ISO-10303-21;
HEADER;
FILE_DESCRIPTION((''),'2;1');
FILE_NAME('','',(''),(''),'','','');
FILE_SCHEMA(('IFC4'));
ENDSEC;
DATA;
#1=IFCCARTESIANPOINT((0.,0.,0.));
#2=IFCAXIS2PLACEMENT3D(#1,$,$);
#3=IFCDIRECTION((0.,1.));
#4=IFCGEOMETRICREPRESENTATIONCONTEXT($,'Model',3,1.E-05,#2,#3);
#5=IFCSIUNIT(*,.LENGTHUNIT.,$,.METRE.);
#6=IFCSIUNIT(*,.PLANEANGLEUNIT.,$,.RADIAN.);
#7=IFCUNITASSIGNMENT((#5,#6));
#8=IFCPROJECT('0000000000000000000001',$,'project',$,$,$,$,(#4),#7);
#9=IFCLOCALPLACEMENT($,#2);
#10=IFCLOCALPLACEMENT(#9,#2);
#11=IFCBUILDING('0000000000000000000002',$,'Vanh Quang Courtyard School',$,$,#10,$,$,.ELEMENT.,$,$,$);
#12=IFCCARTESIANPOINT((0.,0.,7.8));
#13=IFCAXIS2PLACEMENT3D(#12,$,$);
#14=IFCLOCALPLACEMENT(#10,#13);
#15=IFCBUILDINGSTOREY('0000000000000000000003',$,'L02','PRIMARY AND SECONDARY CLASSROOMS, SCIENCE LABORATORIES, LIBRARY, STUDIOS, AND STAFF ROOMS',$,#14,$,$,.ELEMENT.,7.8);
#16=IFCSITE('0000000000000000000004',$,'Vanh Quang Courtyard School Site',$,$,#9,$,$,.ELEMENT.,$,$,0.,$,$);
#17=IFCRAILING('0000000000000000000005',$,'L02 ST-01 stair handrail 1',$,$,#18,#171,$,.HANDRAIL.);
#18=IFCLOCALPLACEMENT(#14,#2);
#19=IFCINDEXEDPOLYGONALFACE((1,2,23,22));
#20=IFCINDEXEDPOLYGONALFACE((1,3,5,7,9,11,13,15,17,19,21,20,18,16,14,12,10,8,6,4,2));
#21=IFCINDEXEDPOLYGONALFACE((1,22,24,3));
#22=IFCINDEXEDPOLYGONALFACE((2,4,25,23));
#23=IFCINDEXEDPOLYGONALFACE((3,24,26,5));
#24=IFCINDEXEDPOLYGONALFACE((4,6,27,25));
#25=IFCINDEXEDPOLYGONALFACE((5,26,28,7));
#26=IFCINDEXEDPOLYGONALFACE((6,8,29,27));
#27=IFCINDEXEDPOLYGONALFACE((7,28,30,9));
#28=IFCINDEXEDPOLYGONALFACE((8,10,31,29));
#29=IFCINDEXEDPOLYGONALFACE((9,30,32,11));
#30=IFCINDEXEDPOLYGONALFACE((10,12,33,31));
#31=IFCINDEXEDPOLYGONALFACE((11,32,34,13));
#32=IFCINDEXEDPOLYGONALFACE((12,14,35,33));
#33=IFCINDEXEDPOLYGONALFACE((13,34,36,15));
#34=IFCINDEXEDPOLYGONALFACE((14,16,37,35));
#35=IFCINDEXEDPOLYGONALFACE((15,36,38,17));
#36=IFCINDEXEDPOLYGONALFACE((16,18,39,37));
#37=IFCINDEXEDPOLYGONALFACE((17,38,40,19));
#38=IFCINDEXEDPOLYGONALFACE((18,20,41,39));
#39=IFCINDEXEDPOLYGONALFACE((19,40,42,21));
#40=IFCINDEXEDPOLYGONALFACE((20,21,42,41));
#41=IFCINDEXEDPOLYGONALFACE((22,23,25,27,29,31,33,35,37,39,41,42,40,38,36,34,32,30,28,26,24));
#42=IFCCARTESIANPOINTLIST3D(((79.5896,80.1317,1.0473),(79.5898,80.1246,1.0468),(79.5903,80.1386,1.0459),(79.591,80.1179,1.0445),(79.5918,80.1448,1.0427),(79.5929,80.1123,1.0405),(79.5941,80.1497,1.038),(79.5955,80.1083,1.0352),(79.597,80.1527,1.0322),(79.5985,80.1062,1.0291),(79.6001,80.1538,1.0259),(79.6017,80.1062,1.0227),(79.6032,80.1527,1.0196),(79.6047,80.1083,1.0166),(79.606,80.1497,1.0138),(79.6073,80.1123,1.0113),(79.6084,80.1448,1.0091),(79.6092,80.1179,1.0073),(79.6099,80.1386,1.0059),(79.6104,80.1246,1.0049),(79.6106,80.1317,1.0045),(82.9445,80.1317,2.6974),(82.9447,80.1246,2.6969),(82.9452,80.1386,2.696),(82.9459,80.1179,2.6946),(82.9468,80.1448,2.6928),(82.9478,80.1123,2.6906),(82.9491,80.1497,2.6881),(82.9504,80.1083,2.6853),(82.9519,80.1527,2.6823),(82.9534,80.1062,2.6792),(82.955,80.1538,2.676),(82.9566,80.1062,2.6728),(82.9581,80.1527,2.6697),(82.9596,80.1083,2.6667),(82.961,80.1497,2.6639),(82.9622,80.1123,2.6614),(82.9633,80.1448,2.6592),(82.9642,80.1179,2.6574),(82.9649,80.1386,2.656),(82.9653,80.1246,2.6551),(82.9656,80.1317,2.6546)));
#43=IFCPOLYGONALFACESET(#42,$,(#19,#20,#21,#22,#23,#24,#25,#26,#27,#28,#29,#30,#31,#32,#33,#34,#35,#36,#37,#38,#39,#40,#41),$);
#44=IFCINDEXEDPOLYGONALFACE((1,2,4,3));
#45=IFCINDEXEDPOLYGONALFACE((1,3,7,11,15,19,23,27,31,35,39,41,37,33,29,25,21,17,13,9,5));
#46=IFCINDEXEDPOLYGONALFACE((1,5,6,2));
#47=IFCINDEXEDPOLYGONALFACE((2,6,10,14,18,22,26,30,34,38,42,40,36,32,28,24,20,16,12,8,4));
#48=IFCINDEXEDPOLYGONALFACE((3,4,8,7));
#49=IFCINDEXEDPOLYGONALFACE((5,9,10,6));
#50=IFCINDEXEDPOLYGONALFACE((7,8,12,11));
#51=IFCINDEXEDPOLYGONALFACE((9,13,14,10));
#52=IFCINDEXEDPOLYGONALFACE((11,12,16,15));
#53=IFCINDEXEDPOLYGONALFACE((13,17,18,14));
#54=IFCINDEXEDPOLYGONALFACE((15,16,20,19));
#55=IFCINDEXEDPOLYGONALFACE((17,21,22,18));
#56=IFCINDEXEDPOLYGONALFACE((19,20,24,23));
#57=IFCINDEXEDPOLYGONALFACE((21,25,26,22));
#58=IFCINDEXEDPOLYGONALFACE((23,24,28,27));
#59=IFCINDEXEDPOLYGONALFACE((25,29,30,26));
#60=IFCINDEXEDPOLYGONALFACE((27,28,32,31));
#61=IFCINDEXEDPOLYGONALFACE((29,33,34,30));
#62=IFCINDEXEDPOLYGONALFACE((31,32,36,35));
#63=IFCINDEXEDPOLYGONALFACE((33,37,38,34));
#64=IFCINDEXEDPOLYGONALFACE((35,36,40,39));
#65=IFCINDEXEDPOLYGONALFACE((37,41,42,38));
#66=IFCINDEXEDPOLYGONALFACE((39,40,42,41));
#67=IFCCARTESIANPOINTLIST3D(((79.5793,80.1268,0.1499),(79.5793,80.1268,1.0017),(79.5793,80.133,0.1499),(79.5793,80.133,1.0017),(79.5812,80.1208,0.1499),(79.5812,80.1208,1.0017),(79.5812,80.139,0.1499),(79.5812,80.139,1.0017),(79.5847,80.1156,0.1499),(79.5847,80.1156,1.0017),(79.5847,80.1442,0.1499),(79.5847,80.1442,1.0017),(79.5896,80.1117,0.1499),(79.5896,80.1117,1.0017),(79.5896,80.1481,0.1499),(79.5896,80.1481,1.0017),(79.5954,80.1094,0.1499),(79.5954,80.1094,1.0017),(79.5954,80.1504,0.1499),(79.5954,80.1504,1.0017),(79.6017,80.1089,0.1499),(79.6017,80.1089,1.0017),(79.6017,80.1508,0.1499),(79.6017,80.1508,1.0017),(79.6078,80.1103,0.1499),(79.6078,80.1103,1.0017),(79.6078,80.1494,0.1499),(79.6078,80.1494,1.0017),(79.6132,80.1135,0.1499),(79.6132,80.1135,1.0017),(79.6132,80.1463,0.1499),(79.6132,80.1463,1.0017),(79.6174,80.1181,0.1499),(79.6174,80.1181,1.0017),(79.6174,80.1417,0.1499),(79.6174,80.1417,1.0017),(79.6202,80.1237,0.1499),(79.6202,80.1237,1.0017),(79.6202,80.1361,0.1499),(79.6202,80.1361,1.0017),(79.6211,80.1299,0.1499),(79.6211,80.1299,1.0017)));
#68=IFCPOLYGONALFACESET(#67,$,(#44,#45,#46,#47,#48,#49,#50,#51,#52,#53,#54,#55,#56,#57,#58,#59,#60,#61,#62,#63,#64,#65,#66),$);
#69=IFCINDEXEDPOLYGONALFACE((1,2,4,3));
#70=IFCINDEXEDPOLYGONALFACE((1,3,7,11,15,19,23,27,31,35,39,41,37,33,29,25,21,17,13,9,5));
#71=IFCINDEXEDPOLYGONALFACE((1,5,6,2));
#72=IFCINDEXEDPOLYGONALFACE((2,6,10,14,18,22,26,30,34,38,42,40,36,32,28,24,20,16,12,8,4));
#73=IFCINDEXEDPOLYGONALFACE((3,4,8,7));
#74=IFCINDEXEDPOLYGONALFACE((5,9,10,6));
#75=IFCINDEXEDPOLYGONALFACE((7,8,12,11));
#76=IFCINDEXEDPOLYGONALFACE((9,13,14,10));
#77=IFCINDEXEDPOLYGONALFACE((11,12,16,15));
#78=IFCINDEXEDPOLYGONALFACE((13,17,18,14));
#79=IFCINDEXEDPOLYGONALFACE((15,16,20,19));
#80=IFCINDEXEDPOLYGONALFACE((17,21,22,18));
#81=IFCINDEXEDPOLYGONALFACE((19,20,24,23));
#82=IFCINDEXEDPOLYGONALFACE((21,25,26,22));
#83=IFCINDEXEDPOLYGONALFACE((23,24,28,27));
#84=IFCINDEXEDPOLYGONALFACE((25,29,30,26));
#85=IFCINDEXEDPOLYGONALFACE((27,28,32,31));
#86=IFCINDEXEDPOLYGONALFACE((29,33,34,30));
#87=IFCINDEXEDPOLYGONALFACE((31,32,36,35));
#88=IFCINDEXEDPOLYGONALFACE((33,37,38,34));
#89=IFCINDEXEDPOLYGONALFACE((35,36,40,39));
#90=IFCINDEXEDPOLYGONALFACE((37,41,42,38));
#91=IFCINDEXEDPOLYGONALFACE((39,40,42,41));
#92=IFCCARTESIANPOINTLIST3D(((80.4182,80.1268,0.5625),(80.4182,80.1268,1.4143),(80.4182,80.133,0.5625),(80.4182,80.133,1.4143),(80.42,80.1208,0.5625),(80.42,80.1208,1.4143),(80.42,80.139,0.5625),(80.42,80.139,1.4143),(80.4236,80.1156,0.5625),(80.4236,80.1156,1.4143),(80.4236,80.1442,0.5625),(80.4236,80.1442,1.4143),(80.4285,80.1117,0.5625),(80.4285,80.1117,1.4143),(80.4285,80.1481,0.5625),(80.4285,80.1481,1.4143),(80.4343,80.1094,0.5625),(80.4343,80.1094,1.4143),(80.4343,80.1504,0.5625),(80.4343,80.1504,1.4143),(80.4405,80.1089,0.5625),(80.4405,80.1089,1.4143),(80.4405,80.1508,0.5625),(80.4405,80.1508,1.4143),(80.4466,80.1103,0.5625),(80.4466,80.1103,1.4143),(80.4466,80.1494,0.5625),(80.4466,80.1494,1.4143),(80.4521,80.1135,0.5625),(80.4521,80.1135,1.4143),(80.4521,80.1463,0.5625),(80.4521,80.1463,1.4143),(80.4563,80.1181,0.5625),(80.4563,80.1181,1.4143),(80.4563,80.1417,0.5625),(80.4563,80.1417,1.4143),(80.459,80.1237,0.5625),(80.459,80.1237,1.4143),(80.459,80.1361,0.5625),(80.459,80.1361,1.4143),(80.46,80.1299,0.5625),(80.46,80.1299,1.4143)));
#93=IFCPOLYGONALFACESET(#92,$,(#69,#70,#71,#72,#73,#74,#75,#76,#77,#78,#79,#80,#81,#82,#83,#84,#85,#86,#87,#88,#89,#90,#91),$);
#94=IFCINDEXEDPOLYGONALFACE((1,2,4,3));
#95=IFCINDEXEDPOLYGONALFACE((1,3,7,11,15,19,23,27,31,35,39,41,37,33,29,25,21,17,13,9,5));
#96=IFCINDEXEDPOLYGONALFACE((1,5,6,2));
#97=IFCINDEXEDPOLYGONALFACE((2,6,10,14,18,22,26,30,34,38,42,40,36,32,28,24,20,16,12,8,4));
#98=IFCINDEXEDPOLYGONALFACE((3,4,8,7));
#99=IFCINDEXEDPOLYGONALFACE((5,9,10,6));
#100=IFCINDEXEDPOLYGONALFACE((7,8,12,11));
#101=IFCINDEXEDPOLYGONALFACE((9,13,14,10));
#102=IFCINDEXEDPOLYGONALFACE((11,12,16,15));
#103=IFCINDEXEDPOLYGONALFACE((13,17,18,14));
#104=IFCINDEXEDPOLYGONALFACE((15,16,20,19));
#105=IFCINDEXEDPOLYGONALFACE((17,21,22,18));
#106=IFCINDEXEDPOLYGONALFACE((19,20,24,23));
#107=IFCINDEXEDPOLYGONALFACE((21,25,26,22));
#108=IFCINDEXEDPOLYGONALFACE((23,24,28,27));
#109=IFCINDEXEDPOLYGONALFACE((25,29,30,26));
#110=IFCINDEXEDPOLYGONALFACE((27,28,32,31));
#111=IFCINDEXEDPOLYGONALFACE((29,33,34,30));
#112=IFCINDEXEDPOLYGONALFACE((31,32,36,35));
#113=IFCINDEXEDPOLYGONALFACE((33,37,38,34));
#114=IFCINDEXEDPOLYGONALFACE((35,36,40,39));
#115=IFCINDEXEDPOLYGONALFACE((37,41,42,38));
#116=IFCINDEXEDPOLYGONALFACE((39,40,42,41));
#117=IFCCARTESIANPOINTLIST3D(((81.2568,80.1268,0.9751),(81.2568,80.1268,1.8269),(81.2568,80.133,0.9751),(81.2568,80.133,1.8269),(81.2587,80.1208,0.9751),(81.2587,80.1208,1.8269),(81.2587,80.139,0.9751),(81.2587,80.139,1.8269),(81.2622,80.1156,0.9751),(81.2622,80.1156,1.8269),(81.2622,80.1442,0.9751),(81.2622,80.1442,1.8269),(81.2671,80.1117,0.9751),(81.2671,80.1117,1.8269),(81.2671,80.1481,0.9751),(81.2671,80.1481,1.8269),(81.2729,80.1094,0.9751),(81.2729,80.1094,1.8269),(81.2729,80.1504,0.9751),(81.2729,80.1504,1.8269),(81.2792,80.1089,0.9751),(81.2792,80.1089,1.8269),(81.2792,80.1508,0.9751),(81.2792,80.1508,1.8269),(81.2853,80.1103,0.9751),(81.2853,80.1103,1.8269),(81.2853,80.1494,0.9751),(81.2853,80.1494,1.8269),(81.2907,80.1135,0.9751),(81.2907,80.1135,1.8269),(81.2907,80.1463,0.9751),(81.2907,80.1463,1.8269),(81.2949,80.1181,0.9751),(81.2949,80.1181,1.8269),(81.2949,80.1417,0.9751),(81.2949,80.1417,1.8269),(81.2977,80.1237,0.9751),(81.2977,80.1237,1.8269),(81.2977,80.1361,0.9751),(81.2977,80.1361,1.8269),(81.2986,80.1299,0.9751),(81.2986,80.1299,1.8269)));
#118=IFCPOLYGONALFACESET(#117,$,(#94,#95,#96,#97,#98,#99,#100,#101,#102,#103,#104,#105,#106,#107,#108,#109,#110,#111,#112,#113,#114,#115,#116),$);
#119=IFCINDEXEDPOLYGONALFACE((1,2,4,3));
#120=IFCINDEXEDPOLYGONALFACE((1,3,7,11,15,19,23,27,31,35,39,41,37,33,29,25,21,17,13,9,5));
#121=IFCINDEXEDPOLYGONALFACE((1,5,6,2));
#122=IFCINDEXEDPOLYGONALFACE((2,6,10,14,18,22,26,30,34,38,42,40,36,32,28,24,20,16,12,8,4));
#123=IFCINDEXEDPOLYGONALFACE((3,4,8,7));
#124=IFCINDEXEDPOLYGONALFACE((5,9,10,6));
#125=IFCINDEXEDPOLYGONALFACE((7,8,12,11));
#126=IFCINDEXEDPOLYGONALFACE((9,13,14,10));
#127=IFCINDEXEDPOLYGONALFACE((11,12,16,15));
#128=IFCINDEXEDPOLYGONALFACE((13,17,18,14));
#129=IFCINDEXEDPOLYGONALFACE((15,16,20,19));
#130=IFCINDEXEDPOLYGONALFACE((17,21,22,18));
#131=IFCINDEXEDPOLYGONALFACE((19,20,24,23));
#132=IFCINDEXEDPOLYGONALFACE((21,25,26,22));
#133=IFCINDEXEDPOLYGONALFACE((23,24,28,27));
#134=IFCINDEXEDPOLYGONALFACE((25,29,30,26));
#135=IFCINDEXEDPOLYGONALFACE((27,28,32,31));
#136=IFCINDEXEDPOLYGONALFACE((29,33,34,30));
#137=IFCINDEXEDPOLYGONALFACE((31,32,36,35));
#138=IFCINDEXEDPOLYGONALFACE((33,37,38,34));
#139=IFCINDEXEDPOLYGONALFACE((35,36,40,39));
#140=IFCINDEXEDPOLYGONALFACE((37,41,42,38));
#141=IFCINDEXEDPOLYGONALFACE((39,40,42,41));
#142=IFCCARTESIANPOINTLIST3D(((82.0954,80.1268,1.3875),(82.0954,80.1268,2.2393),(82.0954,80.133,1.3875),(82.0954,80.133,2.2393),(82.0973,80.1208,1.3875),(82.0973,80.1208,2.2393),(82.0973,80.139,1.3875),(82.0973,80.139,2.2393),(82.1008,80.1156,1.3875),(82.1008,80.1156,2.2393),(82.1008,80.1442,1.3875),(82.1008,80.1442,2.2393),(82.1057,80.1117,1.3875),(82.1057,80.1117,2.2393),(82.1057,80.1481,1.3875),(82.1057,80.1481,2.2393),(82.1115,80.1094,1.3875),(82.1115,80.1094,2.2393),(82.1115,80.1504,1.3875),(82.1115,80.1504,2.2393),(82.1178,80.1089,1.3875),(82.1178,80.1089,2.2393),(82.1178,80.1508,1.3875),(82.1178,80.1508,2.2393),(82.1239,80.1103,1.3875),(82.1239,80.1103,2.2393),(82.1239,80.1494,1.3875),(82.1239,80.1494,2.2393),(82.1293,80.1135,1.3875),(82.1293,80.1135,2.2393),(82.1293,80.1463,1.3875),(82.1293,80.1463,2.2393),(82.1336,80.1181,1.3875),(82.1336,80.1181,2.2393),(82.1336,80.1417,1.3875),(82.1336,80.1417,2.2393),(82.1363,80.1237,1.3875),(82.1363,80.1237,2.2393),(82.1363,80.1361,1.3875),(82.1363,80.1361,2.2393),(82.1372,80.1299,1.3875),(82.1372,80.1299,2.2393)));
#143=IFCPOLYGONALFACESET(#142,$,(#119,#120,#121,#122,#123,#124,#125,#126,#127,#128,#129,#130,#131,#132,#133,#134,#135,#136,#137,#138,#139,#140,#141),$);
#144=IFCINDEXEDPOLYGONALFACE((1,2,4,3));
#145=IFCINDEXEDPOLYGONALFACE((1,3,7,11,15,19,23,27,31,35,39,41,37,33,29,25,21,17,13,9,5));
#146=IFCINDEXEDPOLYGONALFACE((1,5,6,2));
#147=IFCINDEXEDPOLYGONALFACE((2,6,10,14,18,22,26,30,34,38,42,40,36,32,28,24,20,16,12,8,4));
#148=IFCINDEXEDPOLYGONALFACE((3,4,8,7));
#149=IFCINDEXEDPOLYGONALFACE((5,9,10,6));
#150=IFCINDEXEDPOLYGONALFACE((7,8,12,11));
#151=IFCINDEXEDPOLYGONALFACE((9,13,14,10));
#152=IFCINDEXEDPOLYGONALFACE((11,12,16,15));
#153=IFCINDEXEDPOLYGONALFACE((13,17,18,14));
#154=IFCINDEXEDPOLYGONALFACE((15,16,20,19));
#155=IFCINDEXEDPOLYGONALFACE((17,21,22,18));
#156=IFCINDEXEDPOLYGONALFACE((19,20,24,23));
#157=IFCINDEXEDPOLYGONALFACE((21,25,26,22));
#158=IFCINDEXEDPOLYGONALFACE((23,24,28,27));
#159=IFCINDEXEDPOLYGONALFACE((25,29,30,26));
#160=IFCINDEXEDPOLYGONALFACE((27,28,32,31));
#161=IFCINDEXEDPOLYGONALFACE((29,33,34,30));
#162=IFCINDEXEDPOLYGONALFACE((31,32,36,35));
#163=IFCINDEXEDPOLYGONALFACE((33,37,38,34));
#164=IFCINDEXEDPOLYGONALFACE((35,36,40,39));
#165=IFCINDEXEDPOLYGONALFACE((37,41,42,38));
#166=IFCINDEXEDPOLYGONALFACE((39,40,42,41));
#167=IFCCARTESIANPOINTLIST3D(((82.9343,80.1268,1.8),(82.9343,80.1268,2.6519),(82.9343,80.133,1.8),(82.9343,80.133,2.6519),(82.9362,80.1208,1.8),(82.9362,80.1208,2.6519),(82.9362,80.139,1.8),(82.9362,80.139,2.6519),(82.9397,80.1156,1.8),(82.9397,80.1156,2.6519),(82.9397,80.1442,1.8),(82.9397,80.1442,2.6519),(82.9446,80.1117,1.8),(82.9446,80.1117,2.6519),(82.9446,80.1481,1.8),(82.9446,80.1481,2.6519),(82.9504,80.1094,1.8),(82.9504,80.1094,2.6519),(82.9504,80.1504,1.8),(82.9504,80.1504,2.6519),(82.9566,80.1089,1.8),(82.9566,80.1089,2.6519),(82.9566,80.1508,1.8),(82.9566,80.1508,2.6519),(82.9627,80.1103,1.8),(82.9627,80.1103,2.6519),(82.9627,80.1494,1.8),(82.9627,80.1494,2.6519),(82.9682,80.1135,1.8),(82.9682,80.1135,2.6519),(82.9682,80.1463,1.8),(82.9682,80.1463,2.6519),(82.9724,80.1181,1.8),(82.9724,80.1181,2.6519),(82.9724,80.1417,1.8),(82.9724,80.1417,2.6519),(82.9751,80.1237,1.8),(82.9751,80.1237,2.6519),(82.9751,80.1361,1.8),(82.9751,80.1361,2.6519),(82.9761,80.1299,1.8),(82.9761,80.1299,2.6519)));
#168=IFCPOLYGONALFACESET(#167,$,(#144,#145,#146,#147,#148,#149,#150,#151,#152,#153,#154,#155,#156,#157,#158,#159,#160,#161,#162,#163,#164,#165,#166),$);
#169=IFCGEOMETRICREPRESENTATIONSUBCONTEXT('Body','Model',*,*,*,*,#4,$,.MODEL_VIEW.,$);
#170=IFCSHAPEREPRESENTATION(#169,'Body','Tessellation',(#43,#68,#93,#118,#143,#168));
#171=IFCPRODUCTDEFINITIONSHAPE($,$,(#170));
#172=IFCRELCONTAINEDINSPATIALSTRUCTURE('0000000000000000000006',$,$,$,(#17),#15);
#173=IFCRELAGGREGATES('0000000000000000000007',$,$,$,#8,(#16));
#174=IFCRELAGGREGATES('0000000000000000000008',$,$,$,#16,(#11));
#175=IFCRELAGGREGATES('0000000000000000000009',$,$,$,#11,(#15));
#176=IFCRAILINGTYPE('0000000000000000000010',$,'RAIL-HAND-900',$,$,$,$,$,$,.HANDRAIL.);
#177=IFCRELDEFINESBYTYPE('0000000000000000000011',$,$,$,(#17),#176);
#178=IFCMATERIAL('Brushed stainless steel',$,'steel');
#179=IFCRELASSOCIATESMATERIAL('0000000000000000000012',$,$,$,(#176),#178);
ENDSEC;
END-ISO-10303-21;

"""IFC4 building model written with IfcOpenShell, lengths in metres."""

from ifc_helpers import new_model, si_unit, direction, frame, origin, origin_2d, place, context, subcontext, project, spatial, circle, extrude, material, type_object, element, save


model = new_model("IFC4")

# Units and contexts
model_context = context("Model", 3, precision=1e-05, world=origin(), true_north=direction((0.0, 1.0)))
body_context = subcontext(model_context, "Body", "Model", "MODEL_VIEW")
ifc_project = project(units=[si_unit("LENGTHUNIT", "METRE"), si_unit("PLANEANGLEUNIT", "RADIAN")], contexts=[model_context])

# Site, building, storey
site_placement = place(None, origin())
site = spatial("IfcSite", under=ifc_project, at=site_placement, Name="Vanh Quang Courtyard School Site", CompositionType="ELEMENT", RefElevation=0.0)
building_placement = place(site_placement, origin())
building = spatial("IfcBuilding", under=site, at=building_placement, Name="Vanh Quang Courtyard School", CompositionType="ELEMENT")
storey_placement = place(building_placement, frame((0.0, 0.0, 7.8)))
storey = spatial("IfcBuildingStorey", under=building, at=storey_placement, Name="L02", Description="PRIMARY AND SECONDARY CLASSROOMS, SCIENCE LABORATORIES, LIBRARY, STUDIOS, AND STAFF ROOMS", CompositionType="ELEMENT", Elevation=7.8)

# Railing
ifc_material_1 = material(Name="Brushed stainless steel", Category="steel")
railing_type_1 = type_object("IfcRailingType", Name="RAIL-HAND-900", PredefinedType="HANDRAIL", material=ifc_material_1)
railing_1_placement = place(storey_placement, frame((79.6001, 80.1299, 0.1499)))
element("IfcRailing", 1, at=railing_1_placement, inside=storey, type_object=railing_type_1, Name="L02 ST-01 stair handrail 1", PredefinedType="HANDRAIL", context=body_context, shape_type="SweptSolid", body=[
    extrude(circle(Radius=0.0239, at=origin_2d()), frame((0.0, 0.0, 0.876), z_axis=(0.897333, 0.0, 0.441353), x_axis=(0.0, 1.0, 0.0)), (0.0, 0.0, 1.0), 3.7388),
    extrude(circle(Radius=0.021, at=origin_2d()), origin(), (0.0, 0.0, 1.0), 0.8518),
    extrude(circle(Radius=0.021, at=origin_2d()), frame((0.8389, 0.0, 0.4126)), (0.0, 0.0, 1.0), 0.8518),
    extrude(circle(Radius=0.021, at=origin_2d()), frame((1.6775, 0.0, 0.8252)), (0.0, 0.0, 1.0), 0.8518),
    extrude(circle(Radius=0.021, at=origin_2d()), frame((2.5161, 0.0, 1.2375)), (0.0, 0.0, 1.0), 0.8518),
    extrude(circle(Radius=0.021, at=origin_2d()), frame((3.355, 0.0, 1.6501)), (0.0, 0.0, 1.0), 0.8518),
])

save(model, "model.ifc")
